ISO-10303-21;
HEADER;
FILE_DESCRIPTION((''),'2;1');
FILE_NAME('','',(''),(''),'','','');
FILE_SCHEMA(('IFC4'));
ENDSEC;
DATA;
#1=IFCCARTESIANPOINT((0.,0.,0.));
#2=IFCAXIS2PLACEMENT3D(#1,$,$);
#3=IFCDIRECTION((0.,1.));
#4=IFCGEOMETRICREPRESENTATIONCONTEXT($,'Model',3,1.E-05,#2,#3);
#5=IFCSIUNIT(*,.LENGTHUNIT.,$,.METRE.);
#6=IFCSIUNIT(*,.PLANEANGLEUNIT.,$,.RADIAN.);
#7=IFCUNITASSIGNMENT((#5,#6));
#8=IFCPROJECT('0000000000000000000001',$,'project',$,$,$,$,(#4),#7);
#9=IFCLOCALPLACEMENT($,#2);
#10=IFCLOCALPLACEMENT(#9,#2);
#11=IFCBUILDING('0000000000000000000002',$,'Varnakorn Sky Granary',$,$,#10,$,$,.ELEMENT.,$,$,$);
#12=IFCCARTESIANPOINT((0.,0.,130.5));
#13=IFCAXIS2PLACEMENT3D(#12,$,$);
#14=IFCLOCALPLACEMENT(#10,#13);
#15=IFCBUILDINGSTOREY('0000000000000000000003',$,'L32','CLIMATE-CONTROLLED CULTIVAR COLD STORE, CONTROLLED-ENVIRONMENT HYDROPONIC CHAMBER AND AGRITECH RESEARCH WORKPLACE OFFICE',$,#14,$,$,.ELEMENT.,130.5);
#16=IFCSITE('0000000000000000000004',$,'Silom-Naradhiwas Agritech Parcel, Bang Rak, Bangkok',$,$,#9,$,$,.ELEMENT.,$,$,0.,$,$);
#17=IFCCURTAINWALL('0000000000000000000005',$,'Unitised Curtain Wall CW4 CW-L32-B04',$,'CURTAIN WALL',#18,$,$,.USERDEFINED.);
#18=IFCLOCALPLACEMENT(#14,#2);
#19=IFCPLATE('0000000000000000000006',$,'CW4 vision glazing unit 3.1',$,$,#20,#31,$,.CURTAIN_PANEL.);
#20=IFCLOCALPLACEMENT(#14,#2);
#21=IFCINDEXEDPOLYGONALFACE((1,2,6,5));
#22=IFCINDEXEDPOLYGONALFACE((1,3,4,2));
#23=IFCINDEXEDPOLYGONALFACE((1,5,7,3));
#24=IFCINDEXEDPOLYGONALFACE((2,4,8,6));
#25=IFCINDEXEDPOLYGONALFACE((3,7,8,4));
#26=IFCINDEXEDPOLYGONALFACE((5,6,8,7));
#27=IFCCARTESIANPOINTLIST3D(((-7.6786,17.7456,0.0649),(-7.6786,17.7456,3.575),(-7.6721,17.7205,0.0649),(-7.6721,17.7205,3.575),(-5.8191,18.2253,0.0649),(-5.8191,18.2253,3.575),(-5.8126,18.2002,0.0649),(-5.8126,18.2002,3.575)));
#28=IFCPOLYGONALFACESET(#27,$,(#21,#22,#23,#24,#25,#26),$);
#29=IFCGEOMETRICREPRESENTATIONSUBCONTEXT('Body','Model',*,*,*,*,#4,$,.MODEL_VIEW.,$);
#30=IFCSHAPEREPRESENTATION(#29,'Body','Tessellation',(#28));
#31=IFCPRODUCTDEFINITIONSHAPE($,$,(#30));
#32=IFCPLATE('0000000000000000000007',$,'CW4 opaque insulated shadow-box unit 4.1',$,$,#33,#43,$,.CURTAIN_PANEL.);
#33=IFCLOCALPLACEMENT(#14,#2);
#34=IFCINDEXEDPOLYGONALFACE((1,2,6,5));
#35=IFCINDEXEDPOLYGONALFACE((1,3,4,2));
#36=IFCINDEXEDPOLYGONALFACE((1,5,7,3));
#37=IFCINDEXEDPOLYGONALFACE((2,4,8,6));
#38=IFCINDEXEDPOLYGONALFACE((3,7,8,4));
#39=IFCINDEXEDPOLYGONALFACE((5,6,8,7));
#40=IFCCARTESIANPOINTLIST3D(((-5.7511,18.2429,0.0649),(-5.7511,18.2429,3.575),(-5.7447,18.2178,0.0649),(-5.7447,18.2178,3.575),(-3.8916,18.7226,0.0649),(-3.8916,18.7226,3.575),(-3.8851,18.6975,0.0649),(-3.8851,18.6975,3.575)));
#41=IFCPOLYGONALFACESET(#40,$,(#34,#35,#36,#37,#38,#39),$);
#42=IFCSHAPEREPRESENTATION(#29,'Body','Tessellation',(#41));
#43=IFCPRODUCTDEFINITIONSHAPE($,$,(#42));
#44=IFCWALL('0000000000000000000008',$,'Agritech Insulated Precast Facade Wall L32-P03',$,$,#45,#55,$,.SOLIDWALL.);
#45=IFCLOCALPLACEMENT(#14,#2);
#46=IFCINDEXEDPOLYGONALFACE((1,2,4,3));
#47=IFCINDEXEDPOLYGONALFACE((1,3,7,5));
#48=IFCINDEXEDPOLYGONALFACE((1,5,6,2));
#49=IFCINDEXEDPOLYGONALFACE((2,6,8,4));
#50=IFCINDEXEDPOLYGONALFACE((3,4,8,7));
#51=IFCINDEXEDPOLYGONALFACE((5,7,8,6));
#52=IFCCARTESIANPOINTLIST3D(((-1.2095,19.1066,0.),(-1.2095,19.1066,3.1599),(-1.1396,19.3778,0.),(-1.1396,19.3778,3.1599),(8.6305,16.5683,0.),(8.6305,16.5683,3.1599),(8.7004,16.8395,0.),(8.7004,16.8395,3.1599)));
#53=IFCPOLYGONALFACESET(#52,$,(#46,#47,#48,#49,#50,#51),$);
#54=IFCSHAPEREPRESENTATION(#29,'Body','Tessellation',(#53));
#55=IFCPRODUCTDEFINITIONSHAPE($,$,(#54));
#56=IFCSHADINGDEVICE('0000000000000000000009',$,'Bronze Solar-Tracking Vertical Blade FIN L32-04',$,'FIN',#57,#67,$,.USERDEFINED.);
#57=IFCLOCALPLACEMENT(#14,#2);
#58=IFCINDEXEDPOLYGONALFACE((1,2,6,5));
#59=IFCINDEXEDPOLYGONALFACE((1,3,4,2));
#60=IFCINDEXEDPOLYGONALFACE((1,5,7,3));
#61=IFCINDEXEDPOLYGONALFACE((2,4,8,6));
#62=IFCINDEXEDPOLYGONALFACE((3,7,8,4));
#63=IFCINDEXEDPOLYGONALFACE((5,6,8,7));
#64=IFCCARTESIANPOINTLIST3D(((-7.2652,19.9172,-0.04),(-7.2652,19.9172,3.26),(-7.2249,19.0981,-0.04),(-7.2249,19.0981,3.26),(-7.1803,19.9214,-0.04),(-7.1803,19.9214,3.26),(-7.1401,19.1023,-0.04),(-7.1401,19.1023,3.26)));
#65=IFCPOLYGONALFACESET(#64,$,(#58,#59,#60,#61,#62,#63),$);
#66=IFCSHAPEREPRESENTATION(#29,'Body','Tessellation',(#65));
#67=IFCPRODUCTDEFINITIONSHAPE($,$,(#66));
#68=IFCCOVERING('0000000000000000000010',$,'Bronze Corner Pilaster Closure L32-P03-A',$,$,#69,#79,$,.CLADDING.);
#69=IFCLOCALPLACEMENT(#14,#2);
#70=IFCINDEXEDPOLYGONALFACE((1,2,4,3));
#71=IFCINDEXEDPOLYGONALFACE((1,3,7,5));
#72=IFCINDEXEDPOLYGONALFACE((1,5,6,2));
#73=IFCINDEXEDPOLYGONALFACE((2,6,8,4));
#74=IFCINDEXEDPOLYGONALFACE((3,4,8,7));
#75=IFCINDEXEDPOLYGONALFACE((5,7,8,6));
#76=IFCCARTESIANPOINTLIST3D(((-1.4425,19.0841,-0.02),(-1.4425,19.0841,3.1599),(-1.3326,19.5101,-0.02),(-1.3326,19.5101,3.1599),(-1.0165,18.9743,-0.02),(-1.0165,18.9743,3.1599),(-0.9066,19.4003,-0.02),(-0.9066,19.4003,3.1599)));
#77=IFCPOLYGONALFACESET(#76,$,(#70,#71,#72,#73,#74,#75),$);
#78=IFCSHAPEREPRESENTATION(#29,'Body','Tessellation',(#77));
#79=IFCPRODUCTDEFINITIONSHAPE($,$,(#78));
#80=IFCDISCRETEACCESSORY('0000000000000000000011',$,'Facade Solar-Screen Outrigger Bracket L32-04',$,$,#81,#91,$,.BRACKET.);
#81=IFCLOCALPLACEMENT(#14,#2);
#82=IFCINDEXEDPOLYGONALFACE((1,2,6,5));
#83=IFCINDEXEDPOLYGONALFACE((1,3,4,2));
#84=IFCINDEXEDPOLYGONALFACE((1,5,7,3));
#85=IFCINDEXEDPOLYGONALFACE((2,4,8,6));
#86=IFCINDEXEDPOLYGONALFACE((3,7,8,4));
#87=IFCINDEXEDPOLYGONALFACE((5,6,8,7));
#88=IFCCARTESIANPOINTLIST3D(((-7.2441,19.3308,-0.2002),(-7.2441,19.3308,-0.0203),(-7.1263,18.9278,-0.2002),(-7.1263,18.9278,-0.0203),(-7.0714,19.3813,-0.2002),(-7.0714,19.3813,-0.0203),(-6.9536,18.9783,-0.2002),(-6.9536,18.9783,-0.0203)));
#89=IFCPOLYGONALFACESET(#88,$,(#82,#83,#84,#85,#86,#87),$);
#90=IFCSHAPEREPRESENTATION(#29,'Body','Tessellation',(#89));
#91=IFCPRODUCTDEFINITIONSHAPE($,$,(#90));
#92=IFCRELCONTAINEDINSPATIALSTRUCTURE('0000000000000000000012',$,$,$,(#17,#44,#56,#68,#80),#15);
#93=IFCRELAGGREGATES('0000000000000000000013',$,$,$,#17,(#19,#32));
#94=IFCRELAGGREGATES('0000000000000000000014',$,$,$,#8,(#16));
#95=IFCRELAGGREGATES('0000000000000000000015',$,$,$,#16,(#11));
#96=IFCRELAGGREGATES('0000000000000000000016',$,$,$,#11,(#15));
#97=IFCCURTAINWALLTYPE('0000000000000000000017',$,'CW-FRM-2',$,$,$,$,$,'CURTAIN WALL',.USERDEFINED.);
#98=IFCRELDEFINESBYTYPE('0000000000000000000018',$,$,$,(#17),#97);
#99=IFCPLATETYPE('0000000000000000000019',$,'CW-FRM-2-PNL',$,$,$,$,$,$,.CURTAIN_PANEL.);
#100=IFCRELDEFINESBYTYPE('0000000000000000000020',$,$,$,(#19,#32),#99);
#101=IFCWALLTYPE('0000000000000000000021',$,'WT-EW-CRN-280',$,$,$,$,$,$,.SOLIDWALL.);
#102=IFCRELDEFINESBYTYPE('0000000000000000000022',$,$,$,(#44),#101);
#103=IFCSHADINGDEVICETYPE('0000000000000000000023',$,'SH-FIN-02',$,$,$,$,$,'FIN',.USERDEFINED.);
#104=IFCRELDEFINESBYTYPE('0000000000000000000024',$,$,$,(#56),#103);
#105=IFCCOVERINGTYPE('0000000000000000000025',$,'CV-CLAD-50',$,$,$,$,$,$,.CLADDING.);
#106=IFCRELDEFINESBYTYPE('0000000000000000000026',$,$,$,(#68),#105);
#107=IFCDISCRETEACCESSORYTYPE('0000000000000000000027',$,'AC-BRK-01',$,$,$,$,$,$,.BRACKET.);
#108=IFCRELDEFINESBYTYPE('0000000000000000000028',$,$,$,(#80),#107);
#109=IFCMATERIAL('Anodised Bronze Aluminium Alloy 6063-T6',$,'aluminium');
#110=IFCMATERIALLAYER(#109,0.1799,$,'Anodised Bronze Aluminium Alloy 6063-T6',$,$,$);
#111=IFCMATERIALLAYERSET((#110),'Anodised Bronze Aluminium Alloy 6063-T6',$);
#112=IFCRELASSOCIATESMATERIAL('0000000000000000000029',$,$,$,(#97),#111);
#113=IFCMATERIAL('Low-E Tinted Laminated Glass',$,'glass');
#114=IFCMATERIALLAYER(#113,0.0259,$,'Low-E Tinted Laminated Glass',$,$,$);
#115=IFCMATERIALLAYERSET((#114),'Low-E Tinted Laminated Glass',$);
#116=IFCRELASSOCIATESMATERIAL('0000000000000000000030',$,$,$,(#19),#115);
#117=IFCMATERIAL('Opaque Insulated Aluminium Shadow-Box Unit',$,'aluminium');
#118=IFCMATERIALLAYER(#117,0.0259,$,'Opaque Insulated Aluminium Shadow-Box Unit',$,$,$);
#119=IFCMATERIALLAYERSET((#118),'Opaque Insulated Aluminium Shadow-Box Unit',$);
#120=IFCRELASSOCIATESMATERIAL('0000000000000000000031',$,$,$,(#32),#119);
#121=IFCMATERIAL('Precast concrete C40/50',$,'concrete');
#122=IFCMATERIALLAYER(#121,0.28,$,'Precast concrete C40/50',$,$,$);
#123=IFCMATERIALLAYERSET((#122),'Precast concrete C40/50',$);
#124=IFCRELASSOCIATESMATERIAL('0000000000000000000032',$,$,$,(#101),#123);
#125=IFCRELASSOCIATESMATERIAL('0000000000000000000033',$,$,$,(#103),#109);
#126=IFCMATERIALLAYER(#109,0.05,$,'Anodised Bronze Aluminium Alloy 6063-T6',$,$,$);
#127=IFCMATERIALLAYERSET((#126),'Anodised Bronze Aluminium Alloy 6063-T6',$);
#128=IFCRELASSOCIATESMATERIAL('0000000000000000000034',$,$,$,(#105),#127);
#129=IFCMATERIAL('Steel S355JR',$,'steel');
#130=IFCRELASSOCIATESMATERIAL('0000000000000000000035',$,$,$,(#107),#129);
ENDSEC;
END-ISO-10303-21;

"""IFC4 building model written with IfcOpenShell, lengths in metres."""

from ifc_helpers import new_model, si_unit, direction, frame, frame_2d, origin, origin_2d, place, context, subcontext, project, spatial, rectangle, extrude, source, transform, mapped, material, layer, layer_set, type_object, type_shapes, element, aggregate, save


model = new_model("IFC4")

# Units and contexts
model_context = context("Model", 3, precision=1e-05, world=origin(), true_north=direction((0.0, 1.0)))
body_context = subcontext(model_context, "Body", "Model", "MODEL_VIEW")
ifc_project = project(units=[si_unit("LENGTHUNIT", "METRE"), si_unit("PLANEANGLEUNIT", "RADIAN")], contexts=[model_context])

# Site, building, storey
site_placement = place(None, origin())
site = spatial("IfcSite", under=ifc_project, at=site_placement, Name="Silom-Naradhiwas Agritech Parcel, Bang Rak, Bangkok", CompositionType="ELEMENT", RefElevation=0.0)
building_placement = place(site_placement, origin())
building = spatial("IfcBuilding", under=site, at=building_placement, Name="Varnakorn Sky Granary", CompositionType="ELEMENT")
storey_placement = place(building_placement, frame((0.0, 0.0, 130.5)))
storey = spatial("IfcBuildingStorey", under=building, at=storey_placement, Name="L32", Description="CLIMATE-CONTROLLED CULTIVAR COLD STORE, CONTROLLED-ENVIRONMENT HYDROPONIC CHAMBER AND AGRITECH RESEARCH WORKPLACE OFFICE", CompositionType="ELEMENT", Elevation=130.5)

# Shared definitions
ifc_material_1 = material(Name="Steel S355JR", Category="steel")

# Curtain wall
ifc_material_2 = material(Name="Anodised Bronze Aluminium Alloy 6063-T6", Category="aluminium")
ifc_layer_1 = layer(ifc_material_2, 0.1799, Name="Anodised Bronze Aluminium Alloy 6063-T6")
ifc_layer_set_1 = layer_set([ifc_layer_1], Name="Anodised Bronze Aluminium Alloy 6063-T6")
curtain_wall_type = type_object("IfcCurtainWallType", Name="CW-FRM-2", ElementType="CURTAIN WALL", PredefinedType="USERDEFINED", material=ifc_layer_set_1)
curtain_wall_placement = place(storey_placement, origin())
curtain_wall = element("IfcCurtainWall", 1, at=curtain_wall_placement, inside=storey, type_object=curtain_wall_type, Name="Unitised Curtain Wall CW4 CW-L32-B04", ObjectType="CURTAIN WALL", PredefinedType="USERDEFINED")

# Plates
ifc_material_3 = material(Name="Opaque Insulated Aluminium Shadow-Box Unit", Category="aluminium")
ifc_layer_2 = layer(ifc_material_3, 0.0259, Name="Opaque Insulated Aluminium Shadow-Box Unit")
ifc_layer_set_2 = layer_set([ifc_layer_2], Name="Opaque Insulated Aluminium Shadow-Box Unit")
plate_type = type_object("IfcPlateType", Name="CW-FRM-2-PNL", PredefinedType="CURTAIN_PANEL")
ifc_material_4 = material(Name="Low-E Tinted Laminated Glass", Category="glass")
ifc_layer_3 = layer(ifc_material_4, 0.0259, Name="Low-E Tinted Laminated Glass")
ifc_layer_set_3 = layer_set([ifc_layer_3], Name="Low-E Tinted Laminated Glass")
shared_shape_1 = source(origin(), body_context, "Body", "SweptSolid", [
    extrude(rectangle(XDim=1.9204, YDim=0.0259, at=origin_2d()), origin(), (0.0, 0.0, 1.0), 3.51),
])
plate_1_placement = place(storey_placement, frame((-6.7456, 17.9729, 0.0649), z_axis=(0.0, 0.0, 1.0), x_axis=(0.968303, 0.249777, 0.0)))
plate_1 = element("IfcPlate", 2, at=plate_1_placement, type_object=plate_type, material=ifc_layer_set_3, Name="CW4 vision glazing unit 3.1", PredefinedType="CURTAIN_PANEL", context=body_context, shape_type="MappedRepresentation", body=[
    mapped(shared_shape_1, transform((0.0, 0.0, 0.0), x_axis=(1.0, 0.0, 0.0), y_axis=(0.0, 1.0, 0.0), z_axis=(0.0, 0.0, 1.0), scale=1.0)),
])
plate_2_placement = place(storey_placement, frame((-4.8181, 18.4702, 0.0649), z_axis=(0.0, 0.0, 1.0), x_axis=(0.968303, 0.249777, 0.0)))
plate_2 = element("IfcPlate", 3, at=plate_2_placement, type_object=plate_type, material=ifc_layer_set_2, Name="CW4 opaque insulated shadow-box unit 4.1", PredefinedType="CURTAIN_PANEL", context=body_context, shape_type="MappedRepresentation", body=[
    mapped(shared_shape_1, transform((0.0, 0.0, 0.0), x_axis=(1.0, 0.0, 0.0), y_axis=(0.0, 1.0, 0.0), z_axis=(0.0, 0.0, 1.0), scale=1.0)),
])
aggregate(curtain_wall, [plate_1, plate_2])

# Wall
ifc_material_5 = material(Name="Precast concrete C40/50", Category="concrete")
ifc_layer_4 = layer(ifc_material_5, 0.28, Name="Precast concrete C40/50")
ifc_layer_set_4 = layer_set([ifc_layer_4], Name="Precast concrete C40/50")
wall_type = type_object("IfcWallType", Name="WT-EW-CRN-280", PredefinedType="SOLIDWALL", material=ifc_layer_set_4)
wall_placement = place(storey_placement, frame((-1.1746, 19.2422, 0.0), z_axis=(0.0, 0.0, 1.0), x_axis=(0.968302, -0.249781, 0.0)))
element("IfcWall", 4, at=wall_placement, inside=storey, type_object=wall_type, Name="Agritech Insulated Precast Facade Wall L32-P03", PredefinedType="SOLIDWALL", context=body_context, shape_type="SweptSolid", body=[
    extrude(rectangle(XDim=10.1621, YDim=0.28, at=frame_2d((5.0811, 0.0))), origin(), (0.0, 0.0, 1.0), 3.1599),
])

# Shading device
shading_device_type = type_object("IfcShadingDeviceType", Name="SH-FIN-02", ElementType="FIN", PredefinedType="USERDEFINED", material=ifc_material_2)
shared_shape_2 = source(origin(), body_context, "Body", "SweptSolid", [
    extrude(rectangle(XDim=0.085, YDim=0.8201, at=origin_2d()), origin(), (0.0, 0.0, 1.0), 3.3),
])
type_shapes(shading_device_type, [shared_shape_2])
shading_device_placement = place(storey_placement, frame((-7.2026, 19.5098, -0.04), z_axis=(0.0, 0.0, 1.0), x_axis=(-0.998796, -0.04906, 0.0)))
element("IfcShadingDevice", 5, at=shading_device_placement, inside=storey, type_object=shading_device_type, Name="Bronze Solar-Tracking Vertical Blade FIN L32-04", ObjectType="FIN", PredefinedType="USERDEFINED", context=body_context, shape_type="MappedRepresentation", body=[
    mapped(shared_shape_2, transform((0.0, 0.0, 0.0), x_axis=(1.0, 0.0, 0.0), y_axis=(0.0, 1.0, 0.0), z_axis=(0.0, 0.0, 1.0), scale=1.0)),
])

# Covering
ifc_layer_5 = layer(ifc_material_2, 0.05, Name="Anodised Bronze Aluminium Alloy 6063-T6")
ifc_layer_set_5 = layer_set([ifc_layer_5], Name="Anodised Bronze Aluminium Alloy 6063-T6")
covering_type = type_object("IfcCoveringType", Name="CV-CLAD-50", PredefinedType="CLADDING", material=ifc_layer_set_5)
shared_shape_3 = source(origin(), body_context, "Body", "SweptSolid", [
    extrude(rectangle(XDim=0.4399, YDim=0.4399, at=origin_2d()), origin(), (0.0, 0.0, 1.0), 3.1799),
])
type_shapes(covering_type, [shared_shape_3])
covering_placement = place(storey_placement, frame((-1.1746, 19.2422, -0.02), z_axis=(0.0, 0.0, 1.0), x_axis=(0.968322, -0.249704, 0.0)))
element("IfcCovering", 6, at=covering_placement, inside=storey, type_object=covering_type, Name="Bronze Corner Pilaster Closure L32-P03-A", PredefinedType="CLADDING", context=body_context, shape_type="MappedRepresentation", body=[
    mapped(shared_shape_3, transform((0.0, 0.0, 0.0), x_axis=(1.0, 0.0, 0.0), y_axis=(0.0, 1.0, 0.0), z_axis=(0.0, 0.0, 1.0), scale=1.0)),
])

# Discrete accessory
discrete_accessory_type = type_object("IfcDiscreteAccessoryType", Name="AC-BRK-01", PredefinedType="BRACKET", material=ifc_material_1)
shared_shape_4 = source(origin(), body_context, "Body", "SweptSolid", [
    extrude(rectangle(XDim=0.1799, YDim=0.4199, at=origin_2d()), origin(), (0.0, 0.0, 1.0), 0.1799),
])
type_shapes(discrete_accessory_type, [shared_shape_4])
discrete_accessory_placement = place(storey_placement, frame((-7.0989, 19.1545, -0.2002), z_axis=(0.0, 0.0, 1.0), x_axis=(-0.959838, -0.280555, 0.0)))
element("IfcDiscreteAccessory", 7, at=discrete_accessory_placement, inside=storey, type_object=discrete_accessory_type, Name="Facade Solar-Screen Outrigger Bracket L32-04", PredefinedType="BRACKET", context=body_context, shape_type="MappedRepresentation", body=[
    mapped(shared_shape_4, transform((0.0, 0.0, 0.0), x_axis=(1.0, 0.0, 0.0), y_axis=(0.0, 1.0, 0.0), z_axis=(0.0, 0.0, 1.0), scale=1.0)),
])

save(model, "model.ifc")
